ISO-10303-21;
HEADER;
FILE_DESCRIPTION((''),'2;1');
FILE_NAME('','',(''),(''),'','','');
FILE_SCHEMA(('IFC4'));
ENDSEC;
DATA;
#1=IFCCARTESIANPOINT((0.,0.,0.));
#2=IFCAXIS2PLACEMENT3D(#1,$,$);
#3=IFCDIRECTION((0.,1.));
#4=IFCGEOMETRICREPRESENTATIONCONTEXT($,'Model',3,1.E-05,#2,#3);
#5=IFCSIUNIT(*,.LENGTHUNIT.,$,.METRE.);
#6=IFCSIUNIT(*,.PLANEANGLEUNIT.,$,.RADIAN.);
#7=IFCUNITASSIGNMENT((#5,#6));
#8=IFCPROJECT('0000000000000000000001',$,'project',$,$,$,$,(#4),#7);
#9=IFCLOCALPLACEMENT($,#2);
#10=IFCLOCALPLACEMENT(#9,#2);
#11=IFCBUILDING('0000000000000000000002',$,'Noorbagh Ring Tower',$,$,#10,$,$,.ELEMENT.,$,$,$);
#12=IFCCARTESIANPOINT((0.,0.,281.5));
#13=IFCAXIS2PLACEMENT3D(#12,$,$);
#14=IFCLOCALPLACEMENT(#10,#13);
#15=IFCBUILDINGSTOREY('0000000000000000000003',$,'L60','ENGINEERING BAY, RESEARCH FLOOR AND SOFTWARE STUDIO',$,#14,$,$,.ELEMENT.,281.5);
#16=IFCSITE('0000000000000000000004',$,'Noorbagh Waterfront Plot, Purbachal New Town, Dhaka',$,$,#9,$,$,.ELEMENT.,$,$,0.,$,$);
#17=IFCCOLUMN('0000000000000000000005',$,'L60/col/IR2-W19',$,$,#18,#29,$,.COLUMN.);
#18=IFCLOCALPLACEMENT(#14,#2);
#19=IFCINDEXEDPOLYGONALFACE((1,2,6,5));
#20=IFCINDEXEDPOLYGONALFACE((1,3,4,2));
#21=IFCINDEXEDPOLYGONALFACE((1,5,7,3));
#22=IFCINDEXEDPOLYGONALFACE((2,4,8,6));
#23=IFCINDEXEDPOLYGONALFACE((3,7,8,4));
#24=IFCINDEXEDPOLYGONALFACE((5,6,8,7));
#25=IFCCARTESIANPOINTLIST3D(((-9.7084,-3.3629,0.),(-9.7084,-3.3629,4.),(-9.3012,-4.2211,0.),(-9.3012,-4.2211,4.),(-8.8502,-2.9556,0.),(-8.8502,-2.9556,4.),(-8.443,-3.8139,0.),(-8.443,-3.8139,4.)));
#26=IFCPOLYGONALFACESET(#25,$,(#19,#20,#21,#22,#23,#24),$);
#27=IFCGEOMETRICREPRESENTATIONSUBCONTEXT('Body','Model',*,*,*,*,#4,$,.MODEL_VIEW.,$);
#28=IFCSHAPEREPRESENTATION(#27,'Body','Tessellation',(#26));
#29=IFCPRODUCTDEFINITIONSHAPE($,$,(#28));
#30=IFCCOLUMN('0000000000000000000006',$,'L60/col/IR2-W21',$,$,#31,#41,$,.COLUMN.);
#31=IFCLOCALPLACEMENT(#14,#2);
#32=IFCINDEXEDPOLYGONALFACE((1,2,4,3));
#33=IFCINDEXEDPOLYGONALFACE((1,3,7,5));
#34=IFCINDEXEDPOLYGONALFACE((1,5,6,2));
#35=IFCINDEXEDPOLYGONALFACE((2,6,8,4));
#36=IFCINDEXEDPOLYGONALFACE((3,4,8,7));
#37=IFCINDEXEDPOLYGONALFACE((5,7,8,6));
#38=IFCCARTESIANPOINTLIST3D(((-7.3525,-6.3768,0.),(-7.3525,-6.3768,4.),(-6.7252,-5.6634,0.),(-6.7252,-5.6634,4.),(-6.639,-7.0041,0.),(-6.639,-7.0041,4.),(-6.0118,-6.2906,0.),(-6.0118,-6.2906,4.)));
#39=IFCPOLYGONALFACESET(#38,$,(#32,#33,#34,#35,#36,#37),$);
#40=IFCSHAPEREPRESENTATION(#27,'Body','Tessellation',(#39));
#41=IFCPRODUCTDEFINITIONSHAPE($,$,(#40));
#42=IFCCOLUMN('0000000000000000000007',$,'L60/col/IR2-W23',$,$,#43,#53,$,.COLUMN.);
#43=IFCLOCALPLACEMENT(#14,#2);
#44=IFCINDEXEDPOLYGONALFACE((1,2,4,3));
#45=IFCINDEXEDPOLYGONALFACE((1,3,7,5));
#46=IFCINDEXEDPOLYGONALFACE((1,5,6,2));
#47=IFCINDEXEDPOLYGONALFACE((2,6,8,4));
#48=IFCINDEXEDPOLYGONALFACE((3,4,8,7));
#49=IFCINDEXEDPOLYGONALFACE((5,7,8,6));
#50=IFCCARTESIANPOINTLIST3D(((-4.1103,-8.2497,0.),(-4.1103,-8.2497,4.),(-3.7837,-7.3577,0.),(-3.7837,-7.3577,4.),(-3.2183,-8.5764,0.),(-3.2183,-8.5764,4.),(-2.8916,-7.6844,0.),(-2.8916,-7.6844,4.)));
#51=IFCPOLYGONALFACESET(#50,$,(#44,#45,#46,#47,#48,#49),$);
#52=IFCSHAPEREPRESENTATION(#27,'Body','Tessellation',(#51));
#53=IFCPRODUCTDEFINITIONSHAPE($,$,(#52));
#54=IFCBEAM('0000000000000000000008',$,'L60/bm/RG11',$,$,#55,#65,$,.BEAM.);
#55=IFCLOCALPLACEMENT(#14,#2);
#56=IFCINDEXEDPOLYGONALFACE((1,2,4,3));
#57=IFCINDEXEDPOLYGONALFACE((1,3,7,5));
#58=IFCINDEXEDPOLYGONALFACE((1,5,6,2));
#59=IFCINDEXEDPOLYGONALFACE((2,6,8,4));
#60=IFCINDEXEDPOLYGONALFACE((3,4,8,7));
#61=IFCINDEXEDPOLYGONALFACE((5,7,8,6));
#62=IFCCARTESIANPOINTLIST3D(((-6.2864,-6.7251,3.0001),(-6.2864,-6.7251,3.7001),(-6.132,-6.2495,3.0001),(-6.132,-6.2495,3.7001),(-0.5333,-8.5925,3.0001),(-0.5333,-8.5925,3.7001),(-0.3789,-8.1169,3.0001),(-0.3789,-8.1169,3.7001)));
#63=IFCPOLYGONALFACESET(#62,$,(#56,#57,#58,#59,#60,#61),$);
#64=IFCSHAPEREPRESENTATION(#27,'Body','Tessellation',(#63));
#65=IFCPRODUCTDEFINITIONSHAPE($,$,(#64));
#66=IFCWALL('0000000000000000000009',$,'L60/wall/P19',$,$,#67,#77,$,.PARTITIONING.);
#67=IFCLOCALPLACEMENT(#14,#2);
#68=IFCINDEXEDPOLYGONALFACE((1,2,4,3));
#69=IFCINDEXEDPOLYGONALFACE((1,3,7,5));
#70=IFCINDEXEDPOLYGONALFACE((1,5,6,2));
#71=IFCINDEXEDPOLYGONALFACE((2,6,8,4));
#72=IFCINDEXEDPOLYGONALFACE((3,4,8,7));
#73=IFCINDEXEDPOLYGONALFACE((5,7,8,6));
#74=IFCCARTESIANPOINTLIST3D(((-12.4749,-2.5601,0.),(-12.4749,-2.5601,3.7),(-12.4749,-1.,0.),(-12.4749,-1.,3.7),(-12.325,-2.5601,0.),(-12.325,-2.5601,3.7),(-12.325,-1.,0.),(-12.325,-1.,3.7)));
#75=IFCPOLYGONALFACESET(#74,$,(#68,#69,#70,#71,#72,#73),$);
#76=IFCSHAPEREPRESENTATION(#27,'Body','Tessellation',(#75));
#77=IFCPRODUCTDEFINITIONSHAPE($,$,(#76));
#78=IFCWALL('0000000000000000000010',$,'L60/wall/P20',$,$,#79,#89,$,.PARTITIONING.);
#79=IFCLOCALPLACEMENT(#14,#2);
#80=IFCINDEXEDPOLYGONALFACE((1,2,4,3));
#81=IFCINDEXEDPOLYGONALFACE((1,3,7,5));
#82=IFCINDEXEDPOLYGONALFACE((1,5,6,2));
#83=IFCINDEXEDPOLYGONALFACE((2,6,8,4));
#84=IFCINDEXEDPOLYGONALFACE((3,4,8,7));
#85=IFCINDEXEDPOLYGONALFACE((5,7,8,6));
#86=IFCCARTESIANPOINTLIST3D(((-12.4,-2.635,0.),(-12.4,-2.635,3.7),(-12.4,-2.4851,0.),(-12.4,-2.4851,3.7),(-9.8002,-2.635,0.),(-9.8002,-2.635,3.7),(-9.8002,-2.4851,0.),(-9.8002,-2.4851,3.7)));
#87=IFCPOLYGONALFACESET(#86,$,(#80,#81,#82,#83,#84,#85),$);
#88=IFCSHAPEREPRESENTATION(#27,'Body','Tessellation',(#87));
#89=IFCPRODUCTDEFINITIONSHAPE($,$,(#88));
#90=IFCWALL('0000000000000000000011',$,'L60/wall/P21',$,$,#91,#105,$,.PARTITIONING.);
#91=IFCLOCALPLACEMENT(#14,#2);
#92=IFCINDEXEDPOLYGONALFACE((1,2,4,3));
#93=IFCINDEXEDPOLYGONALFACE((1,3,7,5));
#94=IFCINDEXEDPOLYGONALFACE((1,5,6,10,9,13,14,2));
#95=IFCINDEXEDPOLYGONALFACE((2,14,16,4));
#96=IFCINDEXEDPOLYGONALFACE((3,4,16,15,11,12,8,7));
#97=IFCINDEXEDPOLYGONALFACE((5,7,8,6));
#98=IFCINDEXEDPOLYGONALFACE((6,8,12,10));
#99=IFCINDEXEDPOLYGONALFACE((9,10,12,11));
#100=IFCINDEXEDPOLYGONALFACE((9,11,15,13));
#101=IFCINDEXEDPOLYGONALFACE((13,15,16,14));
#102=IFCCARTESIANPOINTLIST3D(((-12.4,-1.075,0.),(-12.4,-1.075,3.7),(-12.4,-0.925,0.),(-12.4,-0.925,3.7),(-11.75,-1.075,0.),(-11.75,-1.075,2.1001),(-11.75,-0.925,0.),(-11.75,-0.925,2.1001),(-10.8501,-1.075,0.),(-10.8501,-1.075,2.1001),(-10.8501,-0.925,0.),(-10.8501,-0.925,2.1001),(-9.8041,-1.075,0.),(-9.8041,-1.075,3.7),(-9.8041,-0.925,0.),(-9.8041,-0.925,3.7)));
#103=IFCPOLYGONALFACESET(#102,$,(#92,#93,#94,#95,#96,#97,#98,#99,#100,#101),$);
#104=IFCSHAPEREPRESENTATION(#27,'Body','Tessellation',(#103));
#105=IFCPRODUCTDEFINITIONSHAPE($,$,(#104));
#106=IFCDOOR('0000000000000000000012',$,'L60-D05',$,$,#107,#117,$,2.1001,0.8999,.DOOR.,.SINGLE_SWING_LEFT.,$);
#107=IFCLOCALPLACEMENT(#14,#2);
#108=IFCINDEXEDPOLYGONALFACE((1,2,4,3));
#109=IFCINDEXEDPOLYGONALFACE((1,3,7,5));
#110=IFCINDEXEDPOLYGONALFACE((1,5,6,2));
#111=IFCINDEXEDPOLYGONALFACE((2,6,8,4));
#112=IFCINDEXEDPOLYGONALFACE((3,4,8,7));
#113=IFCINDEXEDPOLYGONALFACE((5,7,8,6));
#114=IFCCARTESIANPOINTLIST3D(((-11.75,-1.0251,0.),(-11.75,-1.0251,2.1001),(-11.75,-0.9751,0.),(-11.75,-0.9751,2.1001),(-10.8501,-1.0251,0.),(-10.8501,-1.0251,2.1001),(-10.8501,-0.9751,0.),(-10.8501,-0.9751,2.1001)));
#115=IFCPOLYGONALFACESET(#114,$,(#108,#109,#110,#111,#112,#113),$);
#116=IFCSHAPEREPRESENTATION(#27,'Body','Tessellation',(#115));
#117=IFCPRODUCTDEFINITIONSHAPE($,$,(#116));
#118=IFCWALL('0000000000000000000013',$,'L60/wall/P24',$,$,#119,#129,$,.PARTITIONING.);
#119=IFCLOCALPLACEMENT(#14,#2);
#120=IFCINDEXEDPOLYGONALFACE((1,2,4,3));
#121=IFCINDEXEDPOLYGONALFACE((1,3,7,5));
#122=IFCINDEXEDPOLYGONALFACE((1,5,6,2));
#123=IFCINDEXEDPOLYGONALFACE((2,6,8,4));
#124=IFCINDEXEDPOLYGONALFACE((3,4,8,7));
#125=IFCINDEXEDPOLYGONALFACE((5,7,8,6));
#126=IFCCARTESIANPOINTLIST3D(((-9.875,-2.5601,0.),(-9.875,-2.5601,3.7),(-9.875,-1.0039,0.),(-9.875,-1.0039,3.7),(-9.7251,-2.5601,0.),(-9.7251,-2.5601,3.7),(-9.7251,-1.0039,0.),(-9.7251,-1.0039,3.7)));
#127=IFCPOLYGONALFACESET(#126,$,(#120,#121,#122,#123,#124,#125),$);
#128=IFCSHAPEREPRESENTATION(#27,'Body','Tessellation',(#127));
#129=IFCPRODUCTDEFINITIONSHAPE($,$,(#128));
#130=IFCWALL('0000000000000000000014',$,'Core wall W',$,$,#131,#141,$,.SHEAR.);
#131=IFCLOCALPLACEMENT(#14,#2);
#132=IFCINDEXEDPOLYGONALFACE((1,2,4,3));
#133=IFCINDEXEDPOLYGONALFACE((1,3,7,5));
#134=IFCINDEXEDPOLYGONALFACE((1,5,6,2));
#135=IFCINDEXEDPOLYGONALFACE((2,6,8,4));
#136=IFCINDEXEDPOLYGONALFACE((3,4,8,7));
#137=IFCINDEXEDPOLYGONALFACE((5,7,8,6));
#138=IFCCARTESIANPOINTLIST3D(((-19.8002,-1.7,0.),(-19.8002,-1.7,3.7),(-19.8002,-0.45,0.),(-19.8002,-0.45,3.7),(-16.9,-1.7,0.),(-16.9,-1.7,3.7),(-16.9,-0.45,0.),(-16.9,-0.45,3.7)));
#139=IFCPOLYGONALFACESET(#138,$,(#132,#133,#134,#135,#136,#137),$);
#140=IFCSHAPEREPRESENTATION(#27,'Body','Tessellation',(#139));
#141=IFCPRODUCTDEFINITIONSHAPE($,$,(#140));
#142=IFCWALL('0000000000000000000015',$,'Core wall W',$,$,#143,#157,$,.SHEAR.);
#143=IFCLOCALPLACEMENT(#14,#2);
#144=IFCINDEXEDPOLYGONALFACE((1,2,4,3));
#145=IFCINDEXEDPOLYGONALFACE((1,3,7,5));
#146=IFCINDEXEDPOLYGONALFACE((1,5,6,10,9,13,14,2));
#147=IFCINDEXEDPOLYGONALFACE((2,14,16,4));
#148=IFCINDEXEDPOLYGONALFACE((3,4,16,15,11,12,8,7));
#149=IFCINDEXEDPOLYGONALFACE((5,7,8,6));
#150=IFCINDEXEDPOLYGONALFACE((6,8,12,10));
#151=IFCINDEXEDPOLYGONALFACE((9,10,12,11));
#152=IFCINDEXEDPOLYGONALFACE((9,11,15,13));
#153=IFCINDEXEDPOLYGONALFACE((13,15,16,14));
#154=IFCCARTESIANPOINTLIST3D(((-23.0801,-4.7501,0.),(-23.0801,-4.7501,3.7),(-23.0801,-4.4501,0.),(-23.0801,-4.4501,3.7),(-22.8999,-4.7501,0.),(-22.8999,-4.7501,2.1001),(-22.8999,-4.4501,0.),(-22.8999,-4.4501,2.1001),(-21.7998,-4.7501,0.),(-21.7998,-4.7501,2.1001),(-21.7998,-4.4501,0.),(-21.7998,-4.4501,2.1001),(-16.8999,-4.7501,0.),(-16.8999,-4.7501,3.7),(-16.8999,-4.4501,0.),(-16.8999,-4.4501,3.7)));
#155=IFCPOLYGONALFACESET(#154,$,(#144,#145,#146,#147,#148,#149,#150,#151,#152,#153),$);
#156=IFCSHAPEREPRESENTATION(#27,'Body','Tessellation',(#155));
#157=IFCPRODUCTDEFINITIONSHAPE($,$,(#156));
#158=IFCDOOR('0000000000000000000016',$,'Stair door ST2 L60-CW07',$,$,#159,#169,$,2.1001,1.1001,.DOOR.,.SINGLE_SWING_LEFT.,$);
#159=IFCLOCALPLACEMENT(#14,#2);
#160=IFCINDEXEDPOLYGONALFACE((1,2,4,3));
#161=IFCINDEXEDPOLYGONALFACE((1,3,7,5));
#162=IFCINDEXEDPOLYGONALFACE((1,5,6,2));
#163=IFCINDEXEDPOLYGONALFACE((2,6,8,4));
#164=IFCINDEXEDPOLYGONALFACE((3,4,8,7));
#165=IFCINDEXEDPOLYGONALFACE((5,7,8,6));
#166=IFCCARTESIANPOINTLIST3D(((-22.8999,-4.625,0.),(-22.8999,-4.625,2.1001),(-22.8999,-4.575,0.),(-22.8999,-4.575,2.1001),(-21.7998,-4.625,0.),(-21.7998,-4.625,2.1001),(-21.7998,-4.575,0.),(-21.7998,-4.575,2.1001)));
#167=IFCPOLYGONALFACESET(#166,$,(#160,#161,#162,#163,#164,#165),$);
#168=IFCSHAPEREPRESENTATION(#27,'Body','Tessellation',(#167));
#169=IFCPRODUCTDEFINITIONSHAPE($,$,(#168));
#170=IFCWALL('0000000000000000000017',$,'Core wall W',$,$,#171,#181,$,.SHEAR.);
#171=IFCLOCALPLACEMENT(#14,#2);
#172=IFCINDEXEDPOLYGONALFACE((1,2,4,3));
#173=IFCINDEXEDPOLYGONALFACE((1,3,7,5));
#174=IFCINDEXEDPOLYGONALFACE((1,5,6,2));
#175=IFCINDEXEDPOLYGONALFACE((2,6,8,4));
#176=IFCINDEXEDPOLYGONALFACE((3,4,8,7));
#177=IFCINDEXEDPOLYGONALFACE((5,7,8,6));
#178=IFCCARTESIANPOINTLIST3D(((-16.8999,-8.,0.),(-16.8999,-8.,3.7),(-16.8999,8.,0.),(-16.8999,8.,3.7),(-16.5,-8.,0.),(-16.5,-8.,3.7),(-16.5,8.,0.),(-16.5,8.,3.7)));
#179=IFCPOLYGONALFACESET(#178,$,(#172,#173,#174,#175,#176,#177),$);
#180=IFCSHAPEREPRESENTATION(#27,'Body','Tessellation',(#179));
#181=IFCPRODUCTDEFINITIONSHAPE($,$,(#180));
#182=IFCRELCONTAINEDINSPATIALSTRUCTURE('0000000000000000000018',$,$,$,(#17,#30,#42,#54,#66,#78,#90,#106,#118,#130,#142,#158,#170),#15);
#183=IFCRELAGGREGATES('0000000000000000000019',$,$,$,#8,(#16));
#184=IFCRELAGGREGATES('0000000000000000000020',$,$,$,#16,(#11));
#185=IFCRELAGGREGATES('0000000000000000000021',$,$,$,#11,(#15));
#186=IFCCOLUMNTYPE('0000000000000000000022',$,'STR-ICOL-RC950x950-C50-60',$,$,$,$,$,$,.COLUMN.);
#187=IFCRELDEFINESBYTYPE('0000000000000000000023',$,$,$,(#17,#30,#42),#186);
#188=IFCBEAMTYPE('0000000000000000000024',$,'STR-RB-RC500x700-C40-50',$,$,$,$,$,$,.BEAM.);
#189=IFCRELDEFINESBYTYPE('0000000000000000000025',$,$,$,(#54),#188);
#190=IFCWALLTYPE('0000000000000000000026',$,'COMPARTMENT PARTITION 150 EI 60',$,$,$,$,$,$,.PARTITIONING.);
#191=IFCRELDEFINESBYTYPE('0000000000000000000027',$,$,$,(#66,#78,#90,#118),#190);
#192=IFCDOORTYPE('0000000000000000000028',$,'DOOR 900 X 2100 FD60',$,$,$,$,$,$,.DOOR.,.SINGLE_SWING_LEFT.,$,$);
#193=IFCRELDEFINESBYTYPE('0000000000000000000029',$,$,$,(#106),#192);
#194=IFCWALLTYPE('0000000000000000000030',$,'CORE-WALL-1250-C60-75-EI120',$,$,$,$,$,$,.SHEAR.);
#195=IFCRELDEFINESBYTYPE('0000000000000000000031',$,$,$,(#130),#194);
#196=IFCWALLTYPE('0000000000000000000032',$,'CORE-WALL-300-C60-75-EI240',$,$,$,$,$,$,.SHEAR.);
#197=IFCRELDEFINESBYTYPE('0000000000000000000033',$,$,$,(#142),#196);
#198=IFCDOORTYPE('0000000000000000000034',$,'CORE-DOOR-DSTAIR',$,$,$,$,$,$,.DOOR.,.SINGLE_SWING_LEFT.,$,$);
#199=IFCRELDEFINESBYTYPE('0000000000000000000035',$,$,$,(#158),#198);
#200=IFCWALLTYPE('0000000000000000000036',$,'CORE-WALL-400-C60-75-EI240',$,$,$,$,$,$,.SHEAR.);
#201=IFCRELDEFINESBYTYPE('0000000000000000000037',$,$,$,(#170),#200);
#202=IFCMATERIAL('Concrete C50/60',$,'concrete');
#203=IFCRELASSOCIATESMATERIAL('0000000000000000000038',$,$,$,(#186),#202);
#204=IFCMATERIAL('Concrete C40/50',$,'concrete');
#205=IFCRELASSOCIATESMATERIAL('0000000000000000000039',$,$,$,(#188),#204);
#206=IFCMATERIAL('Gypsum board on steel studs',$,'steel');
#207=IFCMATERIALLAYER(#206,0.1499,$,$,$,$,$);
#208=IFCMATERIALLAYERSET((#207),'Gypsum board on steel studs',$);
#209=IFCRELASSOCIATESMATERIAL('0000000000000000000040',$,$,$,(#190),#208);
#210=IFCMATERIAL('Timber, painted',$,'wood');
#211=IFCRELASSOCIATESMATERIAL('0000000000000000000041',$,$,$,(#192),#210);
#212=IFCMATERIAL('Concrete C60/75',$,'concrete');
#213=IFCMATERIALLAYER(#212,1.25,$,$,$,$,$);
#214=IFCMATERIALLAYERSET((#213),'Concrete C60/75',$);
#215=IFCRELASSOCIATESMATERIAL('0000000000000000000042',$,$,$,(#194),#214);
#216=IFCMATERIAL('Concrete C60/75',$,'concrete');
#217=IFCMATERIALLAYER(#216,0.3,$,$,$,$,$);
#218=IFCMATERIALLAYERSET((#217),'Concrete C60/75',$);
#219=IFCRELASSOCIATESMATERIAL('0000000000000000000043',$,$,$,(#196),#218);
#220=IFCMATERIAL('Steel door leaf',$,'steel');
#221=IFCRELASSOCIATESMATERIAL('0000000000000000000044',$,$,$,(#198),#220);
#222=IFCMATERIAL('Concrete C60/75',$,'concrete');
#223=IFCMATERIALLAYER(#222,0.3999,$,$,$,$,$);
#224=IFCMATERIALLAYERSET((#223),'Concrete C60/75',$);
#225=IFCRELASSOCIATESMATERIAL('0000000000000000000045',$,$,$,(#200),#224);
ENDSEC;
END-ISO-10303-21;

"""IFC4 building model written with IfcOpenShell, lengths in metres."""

from ifc_helpers import new_model, si_unit, direction, frame, frame_2d, origin, origin_2d, place, context, subcontext, project, spatial, rectangle, extrude, material, layer, layer_set, material_profile, profile_set, type_object, element, fill, save


model = new_model("IFC4")

# Units and contexts
model_context = context("Model", 3, precision=1e-05, world=origin(), true_north=direction((0.0, 1.0)))
body_context = subcontext(model_context, "Body", "Model", "MODEL_VIEW")
ifc_project = project(units=[si_unit("LENGTHUNIT", "METRE"), si_unit("PLANEANGLEUNIT", "RADIAN")], contexts=[model_context])

# Site, building, storey
site_placement = place(None, origin())
site = spatial("IfcSite", under=ifc_project, at=site_placement, Name="Noorbagh Waterfront Plot, Purbachal New Town, Dhaka", CompositionType="ELEMENT", RefElevation=0.0)
building_placement = place(site_placement, origin())
building = spatial("IfcBuilding", under=site, at=building_placement, Name="Noorbagh Ring Tower", CompositionType="ELEMENT")
storey_placement = place(building_placement, frame((0.0, 0.0, 281.5)))
storey = spatial("IfcBuildingStorey", under=building, at=storey_placement, Name="L60", Description="ENGINEERING BAY, RESEARCH FLOOR AND SOFTWARE STUDIO", CompositionType="ELEMENT", Elevation=281.5)

# Columns
ifc_material_1 = material(Name="Concrete C50/60", Category="concrete")
ifc_material_profile_1 = material_profile(ifc_material_1, rectangle(XDim=0.95, YDim=0.95, at=origin_2d()), Name="RC950x950")
ifc_profile_set_1 = profile_set([ifc_material_profile_1], Name="Concrete C50/60")
column_type = type_object("IfcColumnType", Name="STR-ICOL-RC950x950-C50-60", PredefinedType="COLUMN", material=ifc_profile_set_1)
for number, where, z_axis, x_axis, name in (
    (1, (-9.0757, -3.5884, 0.0), (0.0, 0.0, 1.0), (0.428667, -0.903463, 0.0), "L60/col/IR2-W19"),
    (2, (-6.6821, -6.3337, 0.0), (0.0, 0.0, 1.0), (0.751022, -0.660277, 0.0), "L60/col/IR2-W21"),
    (3, (-3.501, -7.967, 0.0), (0.0, 0.0, 1.0), (0.93902, -0.343864, 0.0), "L60/col/IR2-W23"),
):
    element("IfcColumn", number, at=place(storey_placement, frame(where, z_axis=z_axis, x_axis=x_axis)), inside=storey, type_object=column_type, Name=name, PredefinedType="COLUMN", context=body_context, shape_type="SweptSolid", body=[
        extrude(rectangle(XDim=0.95, YDim=0.95, at=origin_2d()), origin(), (0.0, 0.0, 1.0), 4.0),
    ])

# Beam
ifc_material_2 = material(Name="Concrete C40/50", Category="concrete")
ifc_material_profile_2 = material_profile(ifc_material_2, rectangle(XDim=0.5, YDim=0.7, at=origin_2d()), Name="RC500x700")
ifc_profile_set_2 = profile_set([ifc_material_profile_2], Name="Concrete C40/50")
beam_type = type_object("IfcBeamType", Name="STR-RB-RC500x700-C40-50", PredefinedType="BEAM", material=ifc_profile_set_2)
beam_placement = place(storey_placement, frame((-6.2092, -6.4873, 3.3501), z_axis=(0.951148, -0.308735, 0.0), x_axis=(0.308735, 0.951148, 0.0)))
element("IfcBeam", 4, at=beam_placement, inside=storey, type_object=beam_type, Name="L60/bm/RG11", PredefinedType="BEAM", context=body_context, shape_type="SweptSolid", body=[
    extrude(rectangle(XDim=0.5, YDim=0.7, at=origin_2d()), origin(), (0.0, 0.0, 1.0), 6.0486),
])

# Walls
ifc_material_3 = material(Name="Gypsum board on steel studs", Category="steel")
ifc_layer_1 = layer(ifc_material_3, 0.1499)
ifc_layer_set_1 = layer_set([ifc_layer_1], Name="Gypsum board on steel studs")
wall_type_1 = type_object("IfcWallType", Name="COMPARTMENT PARTITION 150 EI 60", PredefinedType="PARTITIONING", material=ifc_layer_set_1)
wall_1_placement = place(storey_placement, frame((-12.3999, -2.5601, 0.0), z_axis=(0.0, 0.0, 1.0), x_axis=(0.0, 1.0, 0.0)))
element("IfcWall", 5, at=wall_1_placement, inside=storey, type_object=wall_type_1, Name="L60/wall/P19", PredefinedType="PARTITIONING", context=body_context, shape_type="SweptSolid", body=[
    extrude(rectangle(XDim=1.5601, YDim=0.1499, at=frame_2d((0.78, 0.0))), origin(), (0.0, 0.0, 1.0), 3.7),
])
wall_2_placement = place(storey_placement, frame((-12.3999, -2.5601, 0.0), z_axis=(0.0, 0.0, 1.0), x_axis=(1.0, 0.0, 0.0)))
element("IfcWall", 6, at=wall_2_placement, inside=storey, type_object=wall_type_1, Name="L60/wall/P20", PredefinedType="PARTITIONING", context=body_context, shape_type="SweptSolid", body=[
    extrude(rectangle(XDim=2.5999, YDim=0.1499, at=frame_2d((1.2998, 0.0))), origin(), (0.0, 0.0, 1.0), 3.7),
])

# Wall, opening, door
wall_3_placement = place(storey_placement, frame((-12.3999, -1.0, 0.0), z_axis=(0.0, 0.0, 1.0), x_axis=(1.0, 0.0, 0.0)))
wall_3 = element("IfcWall", 7, at=wall_3_placement, inside=storey, type_object=wall_type_1, Name="L60/wall/P21", PredefinedType="PARTITIONING", context=body_context, shape_type="SweptSolid", body=[
    extrude(rectangle(XDim=2.5959, YDim=0.1499, at=frame_2d((1.2979, 0.0))), origin(), (0.0, 0.0, 1.0), 3.7),
])
opening_1_placement = place(wall_3_placement, frame((0.6499, 0.0, 0.0)))
opening_1 = element("IfcOpeningElement", 8, at=opening_1_placement, cuts=wall_3, PredefinedType="OPENING", context=body_context, shape_type="SweptSolid", body=[
    extrude(rectangle(XDim=0.8999, YDim=2.1001, at=frame_2d((0.45, 1.05))), frame((0.0, 0.085, 0.0), z_axis=(0.0, -1.0, 0.0), x_axis=(1.0, 0.0, 0.0)), (0.0, 0.0, 1.0), 0.1699),
])
ifc_material_4 = material(Name="Timber, painted", Category="wood")
door_type_1 = type_object("IfcDoorType", Name="DOOR 900 X 2100 FD60", OperationType="SINGLE_SWING_LEFT", PredefinedType="DOOR", material=ifc_material_4)
door_1_placement = place(opening_1_placement, origin())
door_1 = element("IfcDoor", 9, at=door_1_placement, inside=storey, type_object=door_type_1, Name="L60-D05", OperationType="SINGLE_SWING_LEFT", OverallHeight=2.1001, OverallWidth=0.8999, PredefinedType="DOOR", context=body_context, shape_type="SweptSolid", body=[
    extrude(rectangle(XDim=0.8999, YDim=2.1001, at=frame_2d((0.45, 1.05))), frame((0.0, 0.0249, 0.0), z_axis=(0.0, -1.0, 0.0), x_axis=(1.0, 0.0, 0.0)), (0.0, 0.0, 1.0), 0.05),
])
fill(opening_1, door_1)

# Walls
wall_4_placement = place(storey_placement, frame((-9.8, -2.5601, 0.0), z_axis=(0.0, 0.0, 1.0), x_axis=(0.0, 1.0, 0.0)))
element("IfcWall", 10, at=wall_4_placement, inside=storey, type_object=wall_type_1, Name="L60/wall/P24", PredefinedType="PARTITIONING", context=body_context, shape_type="SweptSolid", body=[
    extrude(rectangle(XDim=1.5562, YDim=0.1499, at=frame_2d((0.7781, 0.0))), origin(), (0.0, 0.0, 1.0), 3.7),
])
ifc_material_5 = material(Name="Concrete C60/75", Category="concrete")
ifc_layer_2 = layer(ifc_material_5, 1.25)
ifc_layer_set_2 = layer_set([ifc_layer_2], Name="Concrete C60/75")
wall_type_2 = type_object("IfcWallType", Name="CORE-WALL-1250-C60-75-EI120", PredefinedType="SHEAR", material=ifc_layer_set_2)
wall_5_placement = place(storey_placement, frame((-16.8999, -1.075, 0.0), z_axis=(0.0, 0.0, 1.0), x_axis=(-1.0, 0.0, 0.0)))
element("IfcWall", 11, at=wall_5_placement, inside=storey, type_object=wall_type_2, Name="Core wall W", PredefinedType="SHEAR", context=body_context, shape_type="SweptSolid", body=[
    extrude(rectangle(XDim=2.9001, YDim=1.25, at=frame_2d((1.4502, 0.0))), origin(), (0.0, 0.0, 1.0), 3.7),
])

# Wall, opening, door
ifc_material_6 = material(Name="Concrete C60/75", Category="concrete")
ifc_layer_3 = layer(ifc_material_6, 0.3)
ifc_layer_set_3 = layer_set([ifc_layer_3], Name="Concrete C60/75")
wall_type_3 = type_object("IfcWallType", Name="CORE-WALL-300-C60-75-EI240", PredefinedType="SHEAR", material=ifc_layer_set_3)
wall_6_placement = place(storey_placement, frame((-16.8999, -4.6001, 0.0), z_axis=(0.0, 0.0, 1.0), x_axis=(-1.0, 0.0, 0.0)))
wall_6 = element("IfcWall", 12, at=wall_6_placement, inside=storey, type_object=wall_type_3, Name="Core wall W", PredefinedType="SHEAR", context=body_context, shape_type="SweptSolid", body=[
    extrude(rectangle(XDim=6.1802, YDim=0.3, at=frame_2d((3.0901, 0.0))), origin(), (0.0, 0.0, 1.0), 3.7),
])
opening_2_placement = place(wall_6_placement, frame((4.8999, 0.0, 0.0)))
opening_2 = element("IfcOpeningElement", 13, at=opening_2_placement, cuts=wall_6, PredefinedType="OPENING", context=body_context, shape_type="SweptSolid", body=[
    extrude(rectangle(XDim=1.1001, YDim=2.1001, at=frame_2d((0.55, 1.05))), frame((0.0, 0.1602, 0.0), z_axis=(0.0, -1.0, 0.0), x_axis=(1.0, 0.0, 0.0)), (0.0, 0.0, 1.0), 0.3201),
])
ifc_material_7 = material(Name="Steel door leaf", Category="steel")
door_type_2 = type_object("IfcDoorType", Name="CORE-DOOR-DSTAIR", OperationType="SINGLE_SWING_LEFT", PredefinedType="DOOR", material=ifc_material_7)
door_2_placement = place(opening_2_placement, origin())
door_2 = element("IfcDoor", 14, at=door_2_placement, inside=storey, type_object=door_type_2, Name="Stair door ST2 L60-CW07", OperationType="SINGLE_SWING_LEFT", OverallHeight=2.1001, OverallWidth=1.1001, PredefinedType="DOOR", context=body_context, shape_type="SweptSolid", body=[
    extrude(rectangle(XDim=1.1001, YDim=2.1001, at=frame_2d((0.55, 1.05))), frame((0.0, 0.0249, 0.0), z_axis=(0.0, -1.0, 0.0), x_axis=(1.0, 0.0, 0.0)), (0.0, 0.0, 1.0), 0.05),
])
fill(opening_2, door_2)

# Wall
ifc_material_8 = material(Name="Concrete C60/75", Category="concrete")
ifc_layer_4 = layer(ifc_material_8, 0.3999)
ifc_layer_set_4 = layer_set([ifc_layer_4], Name="Concrete C60/75")
wall_type_4 = type_object("IfcWallType", Name="CORE-WALL-400-C60-75-EI240", PredefinedType="SHEAR", material=ifc_layer_set_4)
wall_7_placement = place(storey_placement, frame((-16.7, -8.0, 0.0), z_axis=(0.0, 0.0, 1.0), x_axis=(0.0, 1.0, 0.0)))
element("IfcWall", 15, at=wall_7_placement, inside=storey, type_object=wall_type_4, Name="Core wall W", PredefinedType="SHEAR", context=body_context, shape_type="SweptSolid", body=[
    extrude(rectangle(XDim=16.0, YDim=0.3999, at=frame_2d((8.0, 0.0))), origin(), (0.0, 0.0, 1.0), 3.7),
])

save(model, "model.ifc")
